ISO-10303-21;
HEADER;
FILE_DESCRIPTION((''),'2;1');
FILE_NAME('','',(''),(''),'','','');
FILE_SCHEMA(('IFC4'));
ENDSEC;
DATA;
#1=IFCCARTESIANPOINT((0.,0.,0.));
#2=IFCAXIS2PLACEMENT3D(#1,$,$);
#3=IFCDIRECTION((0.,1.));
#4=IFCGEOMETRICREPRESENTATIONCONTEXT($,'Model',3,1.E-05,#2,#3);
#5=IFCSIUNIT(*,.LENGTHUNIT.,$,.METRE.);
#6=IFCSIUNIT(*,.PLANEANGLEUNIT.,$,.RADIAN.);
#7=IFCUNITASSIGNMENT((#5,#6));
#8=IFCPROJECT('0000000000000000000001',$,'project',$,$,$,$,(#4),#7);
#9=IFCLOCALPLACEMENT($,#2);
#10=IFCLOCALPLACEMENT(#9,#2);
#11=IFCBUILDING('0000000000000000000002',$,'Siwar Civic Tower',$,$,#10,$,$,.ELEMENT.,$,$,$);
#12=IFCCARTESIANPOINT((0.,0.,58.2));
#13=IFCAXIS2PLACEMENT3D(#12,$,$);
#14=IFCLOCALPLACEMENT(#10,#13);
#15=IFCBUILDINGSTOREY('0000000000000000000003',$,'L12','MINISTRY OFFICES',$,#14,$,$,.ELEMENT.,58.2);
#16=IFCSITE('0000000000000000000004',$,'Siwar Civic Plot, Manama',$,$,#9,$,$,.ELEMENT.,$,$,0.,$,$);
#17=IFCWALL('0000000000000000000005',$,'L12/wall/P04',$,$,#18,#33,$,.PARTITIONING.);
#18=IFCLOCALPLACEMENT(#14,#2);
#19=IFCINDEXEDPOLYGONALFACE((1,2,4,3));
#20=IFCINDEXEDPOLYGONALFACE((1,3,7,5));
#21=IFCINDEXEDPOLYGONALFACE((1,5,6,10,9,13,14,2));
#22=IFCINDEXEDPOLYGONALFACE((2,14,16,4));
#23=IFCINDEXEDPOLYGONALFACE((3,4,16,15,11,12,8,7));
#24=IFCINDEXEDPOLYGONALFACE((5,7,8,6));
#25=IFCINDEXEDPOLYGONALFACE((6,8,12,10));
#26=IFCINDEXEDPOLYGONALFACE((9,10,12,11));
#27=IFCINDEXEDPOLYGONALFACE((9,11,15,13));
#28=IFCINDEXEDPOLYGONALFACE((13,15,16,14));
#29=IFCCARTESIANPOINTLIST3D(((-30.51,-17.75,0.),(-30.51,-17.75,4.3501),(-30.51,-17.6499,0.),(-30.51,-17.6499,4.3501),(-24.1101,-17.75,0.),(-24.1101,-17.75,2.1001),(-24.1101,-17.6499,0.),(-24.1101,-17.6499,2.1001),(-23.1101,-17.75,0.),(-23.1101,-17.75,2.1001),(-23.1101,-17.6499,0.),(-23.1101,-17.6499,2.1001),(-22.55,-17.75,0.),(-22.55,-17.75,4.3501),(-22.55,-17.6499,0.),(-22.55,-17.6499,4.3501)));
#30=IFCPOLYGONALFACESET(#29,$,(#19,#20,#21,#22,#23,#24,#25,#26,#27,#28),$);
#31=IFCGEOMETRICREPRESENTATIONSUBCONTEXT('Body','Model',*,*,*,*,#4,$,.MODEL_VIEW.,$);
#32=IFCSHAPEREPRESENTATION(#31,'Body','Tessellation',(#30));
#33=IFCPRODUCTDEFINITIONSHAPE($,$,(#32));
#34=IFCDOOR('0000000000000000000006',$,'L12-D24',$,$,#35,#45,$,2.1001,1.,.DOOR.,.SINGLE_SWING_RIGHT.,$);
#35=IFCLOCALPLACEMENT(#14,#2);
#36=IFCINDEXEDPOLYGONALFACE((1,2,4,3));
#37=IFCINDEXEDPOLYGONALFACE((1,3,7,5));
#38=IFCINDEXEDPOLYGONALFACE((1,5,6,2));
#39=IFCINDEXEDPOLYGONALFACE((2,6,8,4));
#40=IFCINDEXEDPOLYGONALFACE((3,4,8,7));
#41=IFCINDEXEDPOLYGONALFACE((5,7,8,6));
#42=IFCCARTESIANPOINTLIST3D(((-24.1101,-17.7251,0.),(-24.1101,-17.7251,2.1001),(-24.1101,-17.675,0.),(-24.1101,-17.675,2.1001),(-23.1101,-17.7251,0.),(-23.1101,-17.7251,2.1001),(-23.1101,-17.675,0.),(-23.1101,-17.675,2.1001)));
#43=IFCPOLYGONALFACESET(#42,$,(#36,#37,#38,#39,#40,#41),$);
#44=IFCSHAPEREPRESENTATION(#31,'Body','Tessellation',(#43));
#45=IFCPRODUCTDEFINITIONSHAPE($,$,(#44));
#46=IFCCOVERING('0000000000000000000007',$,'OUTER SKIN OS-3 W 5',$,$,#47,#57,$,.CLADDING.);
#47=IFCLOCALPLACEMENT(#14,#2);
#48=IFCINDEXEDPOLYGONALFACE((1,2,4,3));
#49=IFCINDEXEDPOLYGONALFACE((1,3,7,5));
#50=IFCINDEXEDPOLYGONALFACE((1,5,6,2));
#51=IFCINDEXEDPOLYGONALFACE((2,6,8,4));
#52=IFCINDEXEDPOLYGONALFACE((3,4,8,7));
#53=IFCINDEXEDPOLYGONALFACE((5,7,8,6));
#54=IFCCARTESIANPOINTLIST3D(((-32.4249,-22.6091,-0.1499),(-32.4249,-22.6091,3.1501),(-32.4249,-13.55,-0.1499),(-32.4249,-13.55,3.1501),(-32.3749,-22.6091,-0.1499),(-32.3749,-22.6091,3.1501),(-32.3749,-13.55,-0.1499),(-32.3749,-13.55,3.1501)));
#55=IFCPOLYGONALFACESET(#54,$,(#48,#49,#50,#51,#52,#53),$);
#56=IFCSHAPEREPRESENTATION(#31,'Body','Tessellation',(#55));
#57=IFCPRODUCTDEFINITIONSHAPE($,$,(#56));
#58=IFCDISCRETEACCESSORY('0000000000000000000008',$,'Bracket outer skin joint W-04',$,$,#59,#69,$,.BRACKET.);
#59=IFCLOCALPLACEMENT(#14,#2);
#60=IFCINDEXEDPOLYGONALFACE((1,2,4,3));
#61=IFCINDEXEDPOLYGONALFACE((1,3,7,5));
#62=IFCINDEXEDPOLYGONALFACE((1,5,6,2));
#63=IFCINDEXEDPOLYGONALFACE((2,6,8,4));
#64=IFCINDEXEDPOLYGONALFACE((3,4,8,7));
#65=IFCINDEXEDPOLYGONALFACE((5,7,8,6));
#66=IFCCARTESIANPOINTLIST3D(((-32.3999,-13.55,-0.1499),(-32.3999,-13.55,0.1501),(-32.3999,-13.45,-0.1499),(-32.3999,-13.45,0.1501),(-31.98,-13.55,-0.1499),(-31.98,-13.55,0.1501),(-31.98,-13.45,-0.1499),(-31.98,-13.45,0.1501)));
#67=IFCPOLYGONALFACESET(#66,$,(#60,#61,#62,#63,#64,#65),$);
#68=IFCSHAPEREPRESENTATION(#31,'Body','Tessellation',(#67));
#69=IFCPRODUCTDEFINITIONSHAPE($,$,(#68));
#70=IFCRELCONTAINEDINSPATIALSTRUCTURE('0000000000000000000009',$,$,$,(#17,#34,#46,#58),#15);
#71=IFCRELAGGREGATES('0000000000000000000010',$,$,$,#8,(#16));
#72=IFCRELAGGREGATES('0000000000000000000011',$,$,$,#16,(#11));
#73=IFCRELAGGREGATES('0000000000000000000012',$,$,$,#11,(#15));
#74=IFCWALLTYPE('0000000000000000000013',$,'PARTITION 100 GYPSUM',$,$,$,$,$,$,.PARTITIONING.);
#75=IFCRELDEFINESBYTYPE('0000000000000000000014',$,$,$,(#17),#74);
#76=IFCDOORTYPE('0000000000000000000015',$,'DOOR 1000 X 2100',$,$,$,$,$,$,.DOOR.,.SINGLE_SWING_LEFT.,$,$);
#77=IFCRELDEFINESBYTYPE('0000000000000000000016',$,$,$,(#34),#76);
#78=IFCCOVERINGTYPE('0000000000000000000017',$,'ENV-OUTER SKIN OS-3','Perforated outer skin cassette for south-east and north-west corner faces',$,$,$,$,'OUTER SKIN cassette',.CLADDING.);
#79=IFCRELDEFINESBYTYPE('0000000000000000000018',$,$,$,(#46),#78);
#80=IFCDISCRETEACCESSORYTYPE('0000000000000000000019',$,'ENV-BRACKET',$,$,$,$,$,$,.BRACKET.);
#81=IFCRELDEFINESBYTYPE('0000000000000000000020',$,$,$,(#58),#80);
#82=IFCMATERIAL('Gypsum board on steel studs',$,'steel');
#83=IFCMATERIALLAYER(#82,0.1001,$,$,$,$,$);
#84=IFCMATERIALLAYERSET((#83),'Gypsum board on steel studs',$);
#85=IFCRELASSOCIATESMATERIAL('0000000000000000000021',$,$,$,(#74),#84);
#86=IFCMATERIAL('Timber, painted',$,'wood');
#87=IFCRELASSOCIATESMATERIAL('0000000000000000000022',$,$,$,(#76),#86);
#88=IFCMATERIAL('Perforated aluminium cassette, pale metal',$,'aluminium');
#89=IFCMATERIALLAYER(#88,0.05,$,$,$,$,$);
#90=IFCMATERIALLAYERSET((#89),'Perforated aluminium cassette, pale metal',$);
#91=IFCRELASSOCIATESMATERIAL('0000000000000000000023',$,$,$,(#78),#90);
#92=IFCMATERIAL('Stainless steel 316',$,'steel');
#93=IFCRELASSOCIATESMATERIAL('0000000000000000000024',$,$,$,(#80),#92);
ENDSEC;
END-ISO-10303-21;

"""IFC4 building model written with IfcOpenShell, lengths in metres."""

from ifc_helpers import new_model, si_unit, direction, frame, frame_2d, origin, origin_2d, place, context, subcontext, project, spatial, rectangle, extrude, material, layer, layer_set, type_object, element, fill, save


model = new_model("IFC4")

# Units and contexts
model_context = context("Model", 3, precision=1e-05, world=origin(), true_north=direction((0.0, 1.0)))
body_context = subcontext(model_context, "Body", "Model", "MODEL_VIEW")
ifc_project = project(units=[si_unit("LENGTHUNIT", "METRE"), si_unit("PLANEANGLEUNIT", "RADIAN")], contexts=[model_context])

# Site, building, storey
site_placement = place(None, origin())
site = spatial("IfcSite", under=ifc_project, at=site_placement, Name="Siwar Civic Plot, Manama", CompositionType="ELEMENT", RefElevation=0.0)
building_placement = place(site_placement, origin())
building = spatial("IfcBuilding", under=site, at=building_placement, Name="Siwar Civic Tower", CompositionType="ELEMENT")
storey_placement = place(building_placement, frame((0.0, 0.0, 58.2)))
storey = spatial("IfcBuildingStorey", under=building, at=storey_placement, Name="L12", Description="MINISTRY OFFICES", CompositionType="ELEMENT", Elevation=58.2)

# Wall, opening, door
ifc_material_1 = material(Name="Gypsum board on steel studs", Category="steel")
ifc_layer_1 = layer(ifc_material_1, 0.1001)
ifc_layer_set_1 = layer_set([ifc_layer_1], Name="Gypsum board on steel studs")
wall_type_1 = type_object("IfcWallType", Name="PARTITION 100 GYPSUM", PredefinedType="PARTITIONING", material=ifc_layer_set_1)
ifc_material_2 = material(Name="Timber, painted", Category="wood")
door_type_1 = type_object("IfcDoorType", Name="DOOR 1000 X 2100", OperationType="SINGLE_SWING_LEFT", PredefinedType="DOOR", material=ifc_material_2)
wall_1_placement = place(storey_placement, frame((-30.51, -17.7, 0.0), z_axis=(0.0, 0.0, 1.0), x_axis=(1.0, 0.0, 0.0)))
wall_1 = element("IfcWall", 1, at=wall_1_placement, inside=storey, type_object=wall_type_1, Name="L12/wall/P04", PredefinedType="PARTITIONING", context=body_context, shape_type="SweptSolid", body=[
    extrude(rectangle(XDim=7.96, YDim=0.1001, at=frame_2d((3.98, 0.0))), origin(), (0.0, 0.0, 1.0), 4.3501),
])
opening_1_placement = place(wall_1_placement, frame((6.3999, 0.0, 0.0)))
opening_1 = element("IfcOpeningElement", 2, at=opening_1_placement, cuts=wall_1, PredefinedType="OPENING", context=body_context, shape_type="SweptSolid", body=[
    extrude(rectangle(XDim=1.0, YDim=2.1001, at=frame_2d((0.5, 1.05))), frame((0.0, 0.0601, 0.0), z_axis=(0.0, -1.0, 0.0), x_axis=(1.0, 0.0, 0.0)), (0.0, 0.0, 1.0), 0.1201),
])
door_1_placement = place(opening_1_placement, origin())
door_1 = element("IfcDoor", 3, at=door_1_placement, inside=storey, type_object=door_type_1, Name="L12-D24", OperationType="SINGLE_SWING_RIGHT", OverallHeight=2.1001, OverallWidth=1.0, PredefinedType="DOOR", context=body_context, shape_type="SweptSolid", body=[
    extrude(rectangle(XDim=1.0, YDim=2.1001, at=frame_2d((0.5, 1.05))), frame((0.0, 0.0249, 0.0), z_axis=(0.0, -1.0, 0.0), x_axis=(1.0, 0.0, 0.0)), (0.0, 0.0, 1.0), 0.05),
])
fill(opening_1, door_1)

# Covering
ifc_material_3 = material(Name="Perforated aluminium cassette, pale metal", Category="aluminium")
ifc_layer_2 = layer(ifc_material_3, 0.05)
ifc_layer_set_2 = layer_set([ifc_layer_2], Name="Perforated aluminium cassette, pale metal")
covering_type = type_object("IfcCoveringType", Name="ENV-OUTER SKIN OS-3", Description="Perforated outer skin cassette for south-east and north-west corner faces", ElementType="OUTER SKIN cassette", PredefinedType="CLADDING", material=ifc_layer_set_2)
covering_placement = place(storey_placement, frame((-32.3999, -18.0796, -0.1499), z_axis=(0.0, 0.0, 1.0), x_axis=(0.0, -1.0, 0.0)))
element("IfcCovering", 4, at=covering_placement, inside=storey, type_object=covering_type, Name="OUTER SKIN OS-3 W 5", PredefinedType="CLADDING", context=body_context, shape_type="SweptSolid", body=[
    extrude(rectangle(XDim=9.0591, YDim=0.05, at=origin_2d()), origin(), (0.0, 0.0, 1.0), 3.3),
])

# Discrete accessory
ifc_material_4 = material(Name="Stainless steel 316", Category="steel")
discrete_accessory_type = type_object("IfcDiscreteAccessoryType", Name="ENV-BRACKET", PredefinedType="BRACKET", material=ifc_material_4)
discrete_accessory_placement = place(storey_placement, frame((-32.1899, -13.5, -0.1499), z_axis=(0.0, 0.0, 1.0), x_axis=(-1.0, 0.0, 0.0)))
element("IfcDiscreteAccessory", 5, at=discrete_accessory_placement, inside=storey, type_object=discrete_accessory_type, Name="Bracket outer skin joint W-04", PredefinedType="BRACKET", context=body_context, shape_type="SweptSolid", body=[
    extrude(rectangle(XDim=0.4199, YDim=0.1001, at=origin_2d()), origin(), (0.0, 0.0, 1.0), 0.3),
])

save(model, "model.ifc")
